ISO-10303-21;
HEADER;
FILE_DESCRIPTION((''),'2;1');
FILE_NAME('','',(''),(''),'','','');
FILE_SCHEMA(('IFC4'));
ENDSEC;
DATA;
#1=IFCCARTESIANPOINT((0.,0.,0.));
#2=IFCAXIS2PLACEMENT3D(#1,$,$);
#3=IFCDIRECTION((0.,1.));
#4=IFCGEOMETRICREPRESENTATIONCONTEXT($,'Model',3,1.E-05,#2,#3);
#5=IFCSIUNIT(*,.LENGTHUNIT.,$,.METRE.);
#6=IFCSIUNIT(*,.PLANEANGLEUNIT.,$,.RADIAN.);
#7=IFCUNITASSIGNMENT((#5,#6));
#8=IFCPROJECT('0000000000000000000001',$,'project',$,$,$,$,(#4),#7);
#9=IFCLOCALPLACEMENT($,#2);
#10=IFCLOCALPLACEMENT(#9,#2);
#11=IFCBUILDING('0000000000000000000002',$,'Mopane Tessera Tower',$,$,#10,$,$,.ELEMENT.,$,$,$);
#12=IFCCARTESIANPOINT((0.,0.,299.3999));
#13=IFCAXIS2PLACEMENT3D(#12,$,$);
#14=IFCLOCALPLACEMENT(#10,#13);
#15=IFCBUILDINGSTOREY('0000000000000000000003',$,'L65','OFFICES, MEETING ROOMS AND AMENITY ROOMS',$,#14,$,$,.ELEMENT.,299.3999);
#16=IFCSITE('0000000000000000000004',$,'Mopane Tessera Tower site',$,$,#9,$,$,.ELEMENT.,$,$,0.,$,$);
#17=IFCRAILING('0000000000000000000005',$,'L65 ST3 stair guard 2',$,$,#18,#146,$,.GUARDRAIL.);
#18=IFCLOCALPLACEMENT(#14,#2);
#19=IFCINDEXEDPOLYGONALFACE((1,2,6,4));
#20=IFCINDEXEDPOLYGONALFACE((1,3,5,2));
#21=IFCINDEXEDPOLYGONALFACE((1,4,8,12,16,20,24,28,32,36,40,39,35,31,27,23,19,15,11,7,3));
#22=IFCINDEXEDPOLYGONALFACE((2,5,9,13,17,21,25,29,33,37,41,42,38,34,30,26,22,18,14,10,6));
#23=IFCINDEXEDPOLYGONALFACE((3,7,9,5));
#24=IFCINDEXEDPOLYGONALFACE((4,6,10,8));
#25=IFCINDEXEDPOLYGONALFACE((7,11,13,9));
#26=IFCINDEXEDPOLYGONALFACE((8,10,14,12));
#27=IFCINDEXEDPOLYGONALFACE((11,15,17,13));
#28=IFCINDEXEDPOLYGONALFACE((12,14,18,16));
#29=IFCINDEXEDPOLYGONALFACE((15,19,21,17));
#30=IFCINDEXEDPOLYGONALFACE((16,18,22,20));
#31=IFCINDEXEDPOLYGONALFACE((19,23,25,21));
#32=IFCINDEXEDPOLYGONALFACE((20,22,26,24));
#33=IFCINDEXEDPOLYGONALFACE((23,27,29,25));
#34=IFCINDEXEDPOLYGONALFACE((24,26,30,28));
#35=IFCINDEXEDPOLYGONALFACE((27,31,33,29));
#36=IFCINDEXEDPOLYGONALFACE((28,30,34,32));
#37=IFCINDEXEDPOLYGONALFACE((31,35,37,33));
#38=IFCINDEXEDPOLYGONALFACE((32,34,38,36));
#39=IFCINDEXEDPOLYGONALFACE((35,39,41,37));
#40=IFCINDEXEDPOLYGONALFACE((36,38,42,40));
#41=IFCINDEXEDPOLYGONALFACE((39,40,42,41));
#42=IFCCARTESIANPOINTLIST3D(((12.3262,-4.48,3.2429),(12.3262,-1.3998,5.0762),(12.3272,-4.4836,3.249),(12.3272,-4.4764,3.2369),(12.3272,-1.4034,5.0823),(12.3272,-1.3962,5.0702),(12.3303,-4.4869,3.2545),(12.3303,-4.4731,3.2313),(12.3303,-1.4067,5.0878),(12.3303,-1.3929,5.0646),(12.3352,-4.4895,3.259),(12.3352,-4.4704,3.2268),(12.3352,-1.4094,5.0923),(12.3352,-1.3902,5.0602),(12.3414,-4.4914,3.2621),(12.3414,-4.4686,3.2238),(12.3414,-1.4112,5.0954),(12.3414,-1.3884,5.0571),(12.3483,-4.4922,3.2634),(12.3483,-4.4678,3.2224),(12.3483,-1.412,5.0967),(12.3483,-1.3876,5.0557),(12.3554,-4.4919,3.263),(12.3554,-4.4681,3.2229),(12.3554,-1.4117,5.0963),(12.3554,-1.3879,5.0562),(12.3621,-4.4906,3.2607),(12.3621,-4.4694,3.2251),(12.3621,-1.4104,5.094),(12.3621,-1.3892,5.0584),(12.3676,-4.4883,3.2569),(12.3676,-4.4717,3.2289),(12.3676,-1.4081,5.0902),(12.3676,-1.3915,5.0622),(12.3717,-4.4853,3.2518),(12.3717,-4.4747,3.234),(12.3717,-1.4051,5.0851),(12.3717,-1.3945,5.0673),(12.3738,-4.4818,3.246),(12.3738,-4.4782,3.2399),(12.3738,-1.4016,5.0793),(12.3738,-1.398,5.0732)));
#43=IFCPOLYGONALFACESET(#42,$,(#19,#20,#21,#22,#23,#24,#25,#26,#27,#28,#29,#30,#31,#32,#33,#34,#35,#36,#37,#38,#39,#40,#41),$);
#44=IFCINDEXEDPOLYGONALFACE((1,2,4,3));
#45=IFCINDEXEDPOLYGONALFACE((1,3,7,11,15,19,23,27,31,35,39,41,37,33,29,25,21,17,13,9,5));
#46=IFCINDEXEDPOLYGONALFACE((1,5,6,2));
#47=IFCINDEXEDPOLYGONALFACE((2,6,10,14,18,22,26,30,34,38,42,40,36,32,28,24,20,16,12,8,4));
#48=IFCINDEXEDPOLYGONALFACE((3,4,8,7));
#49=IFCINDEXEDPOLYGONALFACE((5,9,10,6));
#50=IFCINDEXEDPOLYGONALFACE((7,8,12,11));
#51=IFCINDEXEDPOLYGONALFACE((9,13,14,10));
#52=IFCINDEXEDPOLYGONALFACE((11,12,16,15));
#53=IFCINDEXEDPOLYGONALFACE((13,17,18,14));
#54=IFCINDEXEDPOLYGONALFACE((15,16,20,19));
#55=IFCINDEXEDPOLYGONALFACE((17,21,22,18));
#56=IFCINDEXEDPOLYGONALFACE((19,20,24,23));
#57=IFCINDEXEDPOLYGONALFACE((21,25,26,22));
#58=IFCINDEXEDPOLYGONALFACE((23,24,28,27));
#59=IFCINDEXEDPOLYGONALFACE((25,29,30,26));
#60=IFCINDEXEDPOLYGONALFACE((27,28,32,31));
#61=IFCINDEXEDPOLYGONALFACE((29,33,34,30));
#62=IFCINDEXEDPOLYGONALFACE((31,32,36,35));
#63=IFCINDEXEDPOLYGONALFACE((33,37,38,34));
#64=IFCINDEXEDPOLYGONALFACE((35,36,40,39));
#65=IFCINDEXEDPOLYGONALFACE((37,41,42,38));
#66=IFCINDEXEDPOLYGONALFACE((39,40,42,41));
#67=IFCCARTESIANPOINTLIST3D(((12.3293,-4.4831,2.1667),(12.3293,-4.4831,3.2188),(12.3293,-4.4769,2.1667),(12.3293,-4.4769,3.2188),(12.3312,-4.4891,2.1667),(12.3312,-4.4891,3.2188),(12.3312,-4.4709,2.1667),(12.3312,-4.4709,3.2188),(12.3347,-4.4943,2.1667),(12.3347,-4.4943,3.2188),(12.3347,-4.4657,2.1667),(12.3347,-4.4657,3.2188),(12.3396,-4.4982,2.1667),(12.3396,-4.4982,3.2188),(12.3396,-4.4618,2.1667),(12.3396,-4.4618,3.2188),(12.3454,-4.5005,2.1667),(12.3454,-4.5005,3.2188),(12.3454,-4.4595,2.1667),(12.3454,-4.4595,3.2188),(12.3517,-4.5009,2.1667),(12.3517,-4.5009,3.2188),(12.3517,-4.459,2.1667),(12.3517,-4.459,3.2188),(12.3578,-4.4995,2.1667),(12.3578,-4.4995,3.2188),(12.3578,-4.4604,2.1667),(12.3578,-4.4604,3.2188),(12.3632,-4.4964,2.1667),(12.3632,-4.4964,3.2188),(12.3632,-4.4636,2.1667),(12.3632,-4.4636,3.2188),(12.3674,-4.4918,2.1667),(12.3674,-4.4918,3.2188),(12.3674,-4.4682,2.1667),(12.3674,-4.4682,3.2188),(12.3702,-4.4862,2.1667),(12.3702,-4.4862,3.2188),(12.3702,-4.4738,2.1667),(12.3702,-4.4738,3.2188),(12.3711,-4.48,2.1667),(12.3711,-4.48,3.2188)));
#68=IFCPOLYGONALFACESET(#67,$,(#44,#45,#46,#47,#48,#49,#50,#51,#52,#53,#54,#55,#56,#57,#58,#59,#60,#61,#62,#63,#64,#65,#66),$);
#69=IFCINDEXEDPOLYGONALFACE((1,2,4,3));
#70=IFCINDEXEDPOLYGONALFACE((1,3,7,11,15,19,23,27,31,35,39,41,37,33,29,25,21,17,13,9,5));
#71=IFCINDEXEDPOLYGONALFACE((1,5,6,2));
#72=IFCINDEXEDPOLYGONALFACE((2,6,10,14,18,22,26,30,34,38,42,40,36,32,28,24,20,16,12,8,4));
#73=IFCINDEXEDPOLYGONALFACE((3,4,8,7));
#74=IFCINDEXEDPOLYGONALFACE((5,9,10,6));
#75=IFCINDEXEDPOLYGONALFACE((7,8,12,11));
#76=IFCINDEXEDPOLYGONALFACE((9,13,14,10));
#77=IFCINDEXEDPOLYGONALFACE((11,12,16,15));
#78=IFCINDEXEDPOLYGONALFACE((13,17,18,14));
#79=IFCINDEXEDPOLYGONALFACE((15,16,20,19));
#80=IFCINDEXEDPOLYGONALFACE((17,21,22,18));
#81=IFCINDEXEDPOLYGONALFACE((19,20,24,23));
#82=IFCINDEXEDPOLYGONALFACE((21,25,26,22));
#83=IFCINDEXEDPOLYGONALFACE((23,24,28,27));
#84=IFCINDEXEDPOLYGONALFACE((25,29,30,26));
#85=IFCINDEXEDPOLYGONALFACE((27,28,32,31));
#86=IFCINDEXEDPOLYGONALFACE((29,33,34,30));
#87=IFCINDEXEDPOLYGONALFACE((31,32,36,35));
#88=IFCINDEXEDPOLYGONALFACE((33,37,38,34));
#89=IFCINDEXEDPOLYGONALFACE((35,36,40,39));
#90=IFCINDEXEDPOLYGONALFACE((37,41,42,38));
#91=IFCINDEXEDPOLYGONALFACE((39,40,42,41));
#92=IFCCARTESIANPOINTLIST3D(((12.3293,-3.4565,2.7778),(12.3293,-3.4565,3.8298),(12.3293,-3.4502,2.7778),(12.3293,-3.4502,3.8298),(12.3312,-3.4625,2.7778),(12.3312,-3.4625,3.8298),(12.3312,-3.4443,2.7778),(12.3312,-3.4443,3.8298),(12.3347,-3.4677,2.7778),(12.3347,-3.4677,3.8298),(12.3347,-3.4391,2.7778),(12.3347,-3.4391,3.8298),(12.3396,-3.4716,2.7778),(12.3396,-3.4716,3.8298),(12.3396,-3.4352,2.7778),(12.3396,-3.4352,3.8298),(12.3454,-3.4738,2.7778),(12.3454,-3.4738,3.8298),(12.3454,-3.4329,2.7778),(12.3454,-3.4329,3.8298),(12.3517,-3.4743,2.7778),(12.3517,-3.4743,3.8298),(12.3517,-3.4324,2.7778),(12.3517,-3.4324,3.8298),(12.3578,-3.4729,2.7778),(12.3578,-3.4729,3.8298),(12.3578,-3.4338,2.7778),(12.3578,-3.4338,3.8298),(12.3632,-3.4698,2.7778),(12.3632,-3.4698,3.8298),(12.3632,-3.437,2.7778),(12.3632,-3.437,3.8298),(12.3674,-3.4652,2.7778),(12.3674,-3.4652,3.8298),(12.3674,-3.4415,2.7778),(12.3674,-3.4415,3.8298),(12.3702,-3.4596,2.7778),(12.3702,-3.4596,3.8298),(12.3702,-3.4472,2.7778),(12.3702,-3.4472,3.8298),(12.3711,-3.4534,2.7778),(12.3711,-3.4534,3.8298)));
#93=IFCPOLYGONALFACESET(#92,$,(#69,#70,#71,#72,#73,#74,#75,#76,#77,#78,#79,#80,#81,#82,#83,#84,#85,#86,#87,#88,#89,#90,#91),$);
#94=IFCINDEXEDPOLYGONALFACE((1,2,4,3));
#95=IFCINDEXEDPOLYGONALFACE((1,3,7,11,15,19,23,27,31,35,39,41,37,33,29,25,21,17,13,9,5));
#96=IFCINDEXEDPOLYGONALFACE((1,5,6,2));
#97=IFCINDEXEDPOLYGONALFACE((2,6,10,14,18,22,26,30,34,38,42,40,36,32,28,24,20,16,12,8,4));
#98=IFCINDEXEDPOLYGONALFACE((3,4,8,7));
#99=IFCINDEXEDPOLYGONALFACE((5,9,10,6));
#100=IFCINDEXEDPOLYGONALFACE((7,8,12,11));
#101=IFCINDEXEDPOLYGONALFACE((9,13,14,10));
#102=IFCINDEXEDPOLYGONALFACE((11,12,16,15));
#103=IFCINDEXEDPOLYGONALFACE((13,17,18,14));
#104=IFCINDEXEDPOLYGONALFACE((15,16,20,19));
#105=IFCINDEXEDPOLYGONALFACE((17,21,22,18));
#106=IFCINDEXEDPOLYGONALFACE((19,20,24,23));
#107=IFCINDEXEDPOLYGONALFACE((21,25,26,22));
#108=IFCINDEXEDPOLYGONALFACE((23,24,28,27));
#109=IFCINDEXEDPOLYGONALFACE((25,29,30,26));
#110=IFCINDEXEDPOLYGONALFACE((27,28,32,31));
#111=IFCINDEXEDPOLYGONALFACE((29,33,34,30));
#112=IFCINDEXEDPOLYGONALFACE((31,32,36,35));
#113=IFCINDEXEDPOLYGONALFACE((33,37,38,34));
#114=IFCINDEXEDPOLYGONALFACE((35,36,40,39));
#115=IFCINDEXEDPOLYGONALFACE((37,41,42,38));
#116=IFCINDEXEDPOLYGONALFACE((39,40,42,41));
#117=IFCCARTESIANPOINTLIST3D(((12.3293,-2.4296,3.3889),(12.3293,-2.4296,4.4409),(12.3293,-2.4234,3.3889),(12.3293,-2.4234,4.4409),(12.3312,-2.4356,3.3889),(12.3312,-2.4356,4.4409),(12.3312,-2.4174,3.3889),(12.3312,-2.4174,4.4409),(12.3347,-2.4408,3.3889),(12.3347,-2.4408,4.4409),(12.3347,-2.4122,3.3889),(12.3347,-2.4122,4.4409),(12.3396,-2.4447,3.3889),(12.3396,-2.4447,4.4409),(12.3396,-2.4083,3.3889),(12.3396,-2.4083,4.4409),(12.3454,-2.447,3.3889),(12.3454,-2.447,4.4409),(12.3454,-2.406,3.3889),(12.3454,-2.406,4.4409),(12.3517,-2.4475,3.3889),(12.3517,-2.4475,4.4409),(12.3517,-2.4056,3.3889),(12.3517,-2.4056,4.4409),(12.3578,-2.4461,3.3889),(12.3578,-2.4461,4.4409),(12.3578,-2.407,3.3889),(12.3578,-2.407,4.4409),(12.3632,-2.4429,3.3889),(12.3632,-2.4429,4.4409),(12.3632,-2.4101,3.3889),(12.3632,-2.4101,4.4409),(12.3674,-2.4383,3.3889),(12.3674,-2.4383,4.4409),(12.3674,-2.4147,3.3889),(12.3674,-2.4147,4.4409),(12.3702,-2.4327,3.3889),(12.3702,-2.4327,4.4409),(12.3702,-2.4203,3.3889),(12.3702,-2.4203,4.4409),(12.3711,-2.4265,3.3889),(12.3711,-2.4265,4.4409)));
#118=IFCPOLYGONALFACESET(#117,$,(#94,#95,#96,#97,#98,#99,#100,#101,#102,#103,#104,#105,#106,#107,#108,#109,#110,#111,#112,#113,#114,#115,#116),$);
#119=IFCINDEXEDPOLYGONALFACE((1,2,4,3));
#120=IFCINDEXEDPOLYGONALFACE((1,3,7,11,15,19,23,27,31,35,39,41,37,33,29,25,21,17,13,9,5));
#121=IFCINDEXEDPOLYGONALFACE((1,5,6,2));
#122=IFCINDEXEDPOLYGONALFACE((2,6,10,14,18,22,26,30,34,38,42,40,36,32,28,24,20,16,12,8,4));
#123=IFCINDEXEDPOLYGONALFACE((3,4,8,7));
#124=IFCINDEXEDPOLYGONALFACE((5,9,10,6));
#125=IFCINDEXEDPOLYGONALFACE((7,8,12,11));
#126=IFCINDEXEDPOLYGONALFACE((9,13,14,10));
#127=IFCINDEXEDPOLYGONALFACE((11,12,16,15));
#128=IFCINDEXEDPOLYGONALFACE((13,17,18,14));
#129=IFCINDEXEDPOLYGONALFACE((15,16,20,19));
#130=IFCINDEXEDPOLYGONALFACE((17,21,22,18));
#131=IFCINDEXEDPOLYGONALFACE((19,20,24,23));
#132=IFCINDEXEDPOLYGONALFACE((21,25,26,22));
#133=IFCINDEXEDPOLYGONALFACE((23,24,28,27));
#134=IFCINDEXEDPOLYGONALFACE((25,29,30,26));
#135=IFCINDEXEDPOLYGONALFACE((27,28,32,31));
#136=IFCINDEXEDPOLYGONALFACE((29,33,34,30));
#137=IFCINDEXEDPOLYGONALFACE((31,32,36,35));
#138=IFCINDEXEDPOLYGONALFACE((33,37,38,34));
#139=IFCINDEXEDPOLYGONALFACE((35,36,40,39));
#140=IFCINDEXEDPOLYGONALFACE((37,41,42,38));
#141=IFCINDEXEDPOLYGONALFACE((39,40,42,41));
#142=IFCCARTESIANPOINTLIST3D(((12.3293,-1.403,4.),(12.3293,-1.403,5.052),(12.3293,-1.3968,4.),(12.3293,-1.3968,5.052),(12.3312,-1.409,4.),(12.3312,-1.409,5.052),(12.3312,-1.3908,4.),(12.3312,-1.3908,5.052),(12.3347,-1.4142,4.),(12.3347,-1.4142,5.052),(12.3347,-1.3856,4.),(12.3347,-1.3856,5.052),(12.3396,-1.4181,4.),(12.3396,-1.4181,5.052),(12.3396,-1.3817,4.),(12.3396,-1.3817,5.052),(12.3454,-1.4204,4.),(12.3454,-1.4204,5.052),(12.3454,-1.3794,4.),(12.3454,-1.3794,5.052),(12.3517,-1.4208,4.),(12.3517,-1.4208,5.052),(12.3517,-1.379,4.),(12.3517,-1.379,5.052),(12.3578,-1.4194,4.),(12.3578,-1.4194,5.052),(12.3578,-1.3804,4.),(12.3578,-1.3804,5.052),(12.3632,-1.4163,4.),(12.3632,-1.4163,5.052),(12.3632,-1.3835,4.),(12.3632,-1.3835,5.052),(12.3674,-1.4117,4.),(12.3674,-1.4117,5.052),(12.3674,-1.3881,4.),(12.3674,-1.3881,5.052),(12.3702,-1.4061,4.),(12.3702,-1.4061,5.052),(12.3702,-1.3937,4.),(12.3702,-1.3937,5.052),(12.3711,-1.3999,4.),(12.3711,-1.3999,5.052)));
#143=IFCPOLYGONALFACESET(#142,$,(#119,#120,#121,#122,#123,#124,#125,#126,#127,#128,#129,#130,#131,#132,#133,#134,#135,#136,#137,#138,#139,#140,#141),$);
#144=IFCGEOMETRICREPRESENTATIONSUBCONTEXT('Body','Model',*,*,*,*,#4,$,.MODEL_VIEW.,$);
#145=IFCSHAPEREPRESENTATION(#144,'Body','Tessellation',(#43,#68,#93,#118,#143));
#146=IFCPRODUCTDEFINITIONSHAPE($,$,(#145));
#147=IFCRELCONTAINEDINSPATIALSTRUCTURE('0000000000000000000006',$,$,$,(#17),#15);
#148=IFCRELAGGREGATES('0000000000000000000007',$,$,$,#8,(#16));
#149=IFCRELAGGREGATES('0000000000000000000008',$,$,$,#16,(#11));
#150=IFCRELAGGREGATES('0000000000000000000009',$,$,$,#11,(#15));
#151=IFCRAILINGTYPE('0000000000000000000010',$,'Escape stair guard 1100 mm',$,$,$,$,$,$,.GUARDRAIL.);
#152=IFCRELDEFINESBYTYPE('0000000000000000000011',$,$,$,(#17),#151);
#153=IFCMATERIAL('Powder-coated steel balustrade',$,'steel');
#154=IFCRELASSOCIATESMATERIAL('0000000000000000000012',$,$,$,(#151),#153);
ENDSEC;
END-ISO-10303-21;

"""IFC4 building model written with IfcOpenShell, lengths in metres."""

from ifc_helpers import new_model, si_unit, direction, frame, origin, origin_2d, place, context, subcontext, project, spatial, circle, extrude, material, type_object, element, save


model = new_model("IFC4")

# Units and contexts
model_context = context("Model", 3, precision=1e-05, world=origin(), true_north=direction((0.0, 1.0)))
body_context = subcontext(model_context, "Body", "Model", "MODEL_VIEW")
ifc_project = project(units=[si_unit("LENGTHUNIT", "METRE"), si_unit("PLANEANGLEUNIT", "RADIAN")], contexts=[model_context])

# Site, building, storey
site_placement = place(None, origin())
site = spatial("IfcSite", under=ifc_project, at=site_placement, Name="Mopane Tessera Tower site", CompositionType="ELEMENT", RefElevation=0.0)
building_placement = place(site_placement, origin())
building = spatial("IfcBuilding", under=site, at=building_placement, Name="Mopane Tessera Tower", CompositionType="ELEMENT")
storey_placement = place(building_placement, frame((0.0, 0.0, 299.3999)))
storey = spatial("IfcBuildingStorey", under=building, at=storey_placement, Name="L65", Description="OFFICES, MEETING ROOMS AND AMENITY ROOMS", CompositionType="ELEMENT", Elevation=299.3999)

# Railing
ifc_material_1 = material(Name="Powder-coated steel balustrade", Category="steel")
railing_type_1 = type_object("IfcRailingType", Name="Escape stair guard 1100 mm", PredefinedType="GUARDRAIL", material=ifc_material_1)
railing_1_placement = place(storey_placement, frame((12.3501, -4.48, 2.1667)))
element("IfcRailing", 1, at=railing_1_placement, inside=storey, type_object=railing_type_1, Name="L65 ST3 stair guard 2", PredefinedType="GUARDRAIL", context=body_context, shape_type="SweptSolid", body=[
    extrude(circle(Radius=0.0239, at=origin_2d()), frame((0.0, 0.0, 1.0762), z_axis=(0.0, 0.859309, 0.511458), x_axis=(-1.0, 0.0, 0.0)), (0.0, 0.0, 1.0), 3.5845),
    extrude(circle(Radius=0.021, at=origin_2d()), origin(), (0.0, 0.0, 1.0), 1.052),
    extrude(circle(Radius=0.021, at=origin_2d()), frame((0.0, 1.0266, 0.6111)), (0.0, 0.0, 1.0), 1.052),
    extrude(circle(Radius=0.021, at=origin_2d()), frame((0.0, 2.0535, 1.2222)), (0.0, 0.0, 1.0), 1.052),
    extrude(circle(Radius=0.021, at=origin_2d()), frame((0.0, 3.0801, 1.8333)), (0.0, 0.0, 1.0), 1.052),
])

save(model, "model.ifc")
